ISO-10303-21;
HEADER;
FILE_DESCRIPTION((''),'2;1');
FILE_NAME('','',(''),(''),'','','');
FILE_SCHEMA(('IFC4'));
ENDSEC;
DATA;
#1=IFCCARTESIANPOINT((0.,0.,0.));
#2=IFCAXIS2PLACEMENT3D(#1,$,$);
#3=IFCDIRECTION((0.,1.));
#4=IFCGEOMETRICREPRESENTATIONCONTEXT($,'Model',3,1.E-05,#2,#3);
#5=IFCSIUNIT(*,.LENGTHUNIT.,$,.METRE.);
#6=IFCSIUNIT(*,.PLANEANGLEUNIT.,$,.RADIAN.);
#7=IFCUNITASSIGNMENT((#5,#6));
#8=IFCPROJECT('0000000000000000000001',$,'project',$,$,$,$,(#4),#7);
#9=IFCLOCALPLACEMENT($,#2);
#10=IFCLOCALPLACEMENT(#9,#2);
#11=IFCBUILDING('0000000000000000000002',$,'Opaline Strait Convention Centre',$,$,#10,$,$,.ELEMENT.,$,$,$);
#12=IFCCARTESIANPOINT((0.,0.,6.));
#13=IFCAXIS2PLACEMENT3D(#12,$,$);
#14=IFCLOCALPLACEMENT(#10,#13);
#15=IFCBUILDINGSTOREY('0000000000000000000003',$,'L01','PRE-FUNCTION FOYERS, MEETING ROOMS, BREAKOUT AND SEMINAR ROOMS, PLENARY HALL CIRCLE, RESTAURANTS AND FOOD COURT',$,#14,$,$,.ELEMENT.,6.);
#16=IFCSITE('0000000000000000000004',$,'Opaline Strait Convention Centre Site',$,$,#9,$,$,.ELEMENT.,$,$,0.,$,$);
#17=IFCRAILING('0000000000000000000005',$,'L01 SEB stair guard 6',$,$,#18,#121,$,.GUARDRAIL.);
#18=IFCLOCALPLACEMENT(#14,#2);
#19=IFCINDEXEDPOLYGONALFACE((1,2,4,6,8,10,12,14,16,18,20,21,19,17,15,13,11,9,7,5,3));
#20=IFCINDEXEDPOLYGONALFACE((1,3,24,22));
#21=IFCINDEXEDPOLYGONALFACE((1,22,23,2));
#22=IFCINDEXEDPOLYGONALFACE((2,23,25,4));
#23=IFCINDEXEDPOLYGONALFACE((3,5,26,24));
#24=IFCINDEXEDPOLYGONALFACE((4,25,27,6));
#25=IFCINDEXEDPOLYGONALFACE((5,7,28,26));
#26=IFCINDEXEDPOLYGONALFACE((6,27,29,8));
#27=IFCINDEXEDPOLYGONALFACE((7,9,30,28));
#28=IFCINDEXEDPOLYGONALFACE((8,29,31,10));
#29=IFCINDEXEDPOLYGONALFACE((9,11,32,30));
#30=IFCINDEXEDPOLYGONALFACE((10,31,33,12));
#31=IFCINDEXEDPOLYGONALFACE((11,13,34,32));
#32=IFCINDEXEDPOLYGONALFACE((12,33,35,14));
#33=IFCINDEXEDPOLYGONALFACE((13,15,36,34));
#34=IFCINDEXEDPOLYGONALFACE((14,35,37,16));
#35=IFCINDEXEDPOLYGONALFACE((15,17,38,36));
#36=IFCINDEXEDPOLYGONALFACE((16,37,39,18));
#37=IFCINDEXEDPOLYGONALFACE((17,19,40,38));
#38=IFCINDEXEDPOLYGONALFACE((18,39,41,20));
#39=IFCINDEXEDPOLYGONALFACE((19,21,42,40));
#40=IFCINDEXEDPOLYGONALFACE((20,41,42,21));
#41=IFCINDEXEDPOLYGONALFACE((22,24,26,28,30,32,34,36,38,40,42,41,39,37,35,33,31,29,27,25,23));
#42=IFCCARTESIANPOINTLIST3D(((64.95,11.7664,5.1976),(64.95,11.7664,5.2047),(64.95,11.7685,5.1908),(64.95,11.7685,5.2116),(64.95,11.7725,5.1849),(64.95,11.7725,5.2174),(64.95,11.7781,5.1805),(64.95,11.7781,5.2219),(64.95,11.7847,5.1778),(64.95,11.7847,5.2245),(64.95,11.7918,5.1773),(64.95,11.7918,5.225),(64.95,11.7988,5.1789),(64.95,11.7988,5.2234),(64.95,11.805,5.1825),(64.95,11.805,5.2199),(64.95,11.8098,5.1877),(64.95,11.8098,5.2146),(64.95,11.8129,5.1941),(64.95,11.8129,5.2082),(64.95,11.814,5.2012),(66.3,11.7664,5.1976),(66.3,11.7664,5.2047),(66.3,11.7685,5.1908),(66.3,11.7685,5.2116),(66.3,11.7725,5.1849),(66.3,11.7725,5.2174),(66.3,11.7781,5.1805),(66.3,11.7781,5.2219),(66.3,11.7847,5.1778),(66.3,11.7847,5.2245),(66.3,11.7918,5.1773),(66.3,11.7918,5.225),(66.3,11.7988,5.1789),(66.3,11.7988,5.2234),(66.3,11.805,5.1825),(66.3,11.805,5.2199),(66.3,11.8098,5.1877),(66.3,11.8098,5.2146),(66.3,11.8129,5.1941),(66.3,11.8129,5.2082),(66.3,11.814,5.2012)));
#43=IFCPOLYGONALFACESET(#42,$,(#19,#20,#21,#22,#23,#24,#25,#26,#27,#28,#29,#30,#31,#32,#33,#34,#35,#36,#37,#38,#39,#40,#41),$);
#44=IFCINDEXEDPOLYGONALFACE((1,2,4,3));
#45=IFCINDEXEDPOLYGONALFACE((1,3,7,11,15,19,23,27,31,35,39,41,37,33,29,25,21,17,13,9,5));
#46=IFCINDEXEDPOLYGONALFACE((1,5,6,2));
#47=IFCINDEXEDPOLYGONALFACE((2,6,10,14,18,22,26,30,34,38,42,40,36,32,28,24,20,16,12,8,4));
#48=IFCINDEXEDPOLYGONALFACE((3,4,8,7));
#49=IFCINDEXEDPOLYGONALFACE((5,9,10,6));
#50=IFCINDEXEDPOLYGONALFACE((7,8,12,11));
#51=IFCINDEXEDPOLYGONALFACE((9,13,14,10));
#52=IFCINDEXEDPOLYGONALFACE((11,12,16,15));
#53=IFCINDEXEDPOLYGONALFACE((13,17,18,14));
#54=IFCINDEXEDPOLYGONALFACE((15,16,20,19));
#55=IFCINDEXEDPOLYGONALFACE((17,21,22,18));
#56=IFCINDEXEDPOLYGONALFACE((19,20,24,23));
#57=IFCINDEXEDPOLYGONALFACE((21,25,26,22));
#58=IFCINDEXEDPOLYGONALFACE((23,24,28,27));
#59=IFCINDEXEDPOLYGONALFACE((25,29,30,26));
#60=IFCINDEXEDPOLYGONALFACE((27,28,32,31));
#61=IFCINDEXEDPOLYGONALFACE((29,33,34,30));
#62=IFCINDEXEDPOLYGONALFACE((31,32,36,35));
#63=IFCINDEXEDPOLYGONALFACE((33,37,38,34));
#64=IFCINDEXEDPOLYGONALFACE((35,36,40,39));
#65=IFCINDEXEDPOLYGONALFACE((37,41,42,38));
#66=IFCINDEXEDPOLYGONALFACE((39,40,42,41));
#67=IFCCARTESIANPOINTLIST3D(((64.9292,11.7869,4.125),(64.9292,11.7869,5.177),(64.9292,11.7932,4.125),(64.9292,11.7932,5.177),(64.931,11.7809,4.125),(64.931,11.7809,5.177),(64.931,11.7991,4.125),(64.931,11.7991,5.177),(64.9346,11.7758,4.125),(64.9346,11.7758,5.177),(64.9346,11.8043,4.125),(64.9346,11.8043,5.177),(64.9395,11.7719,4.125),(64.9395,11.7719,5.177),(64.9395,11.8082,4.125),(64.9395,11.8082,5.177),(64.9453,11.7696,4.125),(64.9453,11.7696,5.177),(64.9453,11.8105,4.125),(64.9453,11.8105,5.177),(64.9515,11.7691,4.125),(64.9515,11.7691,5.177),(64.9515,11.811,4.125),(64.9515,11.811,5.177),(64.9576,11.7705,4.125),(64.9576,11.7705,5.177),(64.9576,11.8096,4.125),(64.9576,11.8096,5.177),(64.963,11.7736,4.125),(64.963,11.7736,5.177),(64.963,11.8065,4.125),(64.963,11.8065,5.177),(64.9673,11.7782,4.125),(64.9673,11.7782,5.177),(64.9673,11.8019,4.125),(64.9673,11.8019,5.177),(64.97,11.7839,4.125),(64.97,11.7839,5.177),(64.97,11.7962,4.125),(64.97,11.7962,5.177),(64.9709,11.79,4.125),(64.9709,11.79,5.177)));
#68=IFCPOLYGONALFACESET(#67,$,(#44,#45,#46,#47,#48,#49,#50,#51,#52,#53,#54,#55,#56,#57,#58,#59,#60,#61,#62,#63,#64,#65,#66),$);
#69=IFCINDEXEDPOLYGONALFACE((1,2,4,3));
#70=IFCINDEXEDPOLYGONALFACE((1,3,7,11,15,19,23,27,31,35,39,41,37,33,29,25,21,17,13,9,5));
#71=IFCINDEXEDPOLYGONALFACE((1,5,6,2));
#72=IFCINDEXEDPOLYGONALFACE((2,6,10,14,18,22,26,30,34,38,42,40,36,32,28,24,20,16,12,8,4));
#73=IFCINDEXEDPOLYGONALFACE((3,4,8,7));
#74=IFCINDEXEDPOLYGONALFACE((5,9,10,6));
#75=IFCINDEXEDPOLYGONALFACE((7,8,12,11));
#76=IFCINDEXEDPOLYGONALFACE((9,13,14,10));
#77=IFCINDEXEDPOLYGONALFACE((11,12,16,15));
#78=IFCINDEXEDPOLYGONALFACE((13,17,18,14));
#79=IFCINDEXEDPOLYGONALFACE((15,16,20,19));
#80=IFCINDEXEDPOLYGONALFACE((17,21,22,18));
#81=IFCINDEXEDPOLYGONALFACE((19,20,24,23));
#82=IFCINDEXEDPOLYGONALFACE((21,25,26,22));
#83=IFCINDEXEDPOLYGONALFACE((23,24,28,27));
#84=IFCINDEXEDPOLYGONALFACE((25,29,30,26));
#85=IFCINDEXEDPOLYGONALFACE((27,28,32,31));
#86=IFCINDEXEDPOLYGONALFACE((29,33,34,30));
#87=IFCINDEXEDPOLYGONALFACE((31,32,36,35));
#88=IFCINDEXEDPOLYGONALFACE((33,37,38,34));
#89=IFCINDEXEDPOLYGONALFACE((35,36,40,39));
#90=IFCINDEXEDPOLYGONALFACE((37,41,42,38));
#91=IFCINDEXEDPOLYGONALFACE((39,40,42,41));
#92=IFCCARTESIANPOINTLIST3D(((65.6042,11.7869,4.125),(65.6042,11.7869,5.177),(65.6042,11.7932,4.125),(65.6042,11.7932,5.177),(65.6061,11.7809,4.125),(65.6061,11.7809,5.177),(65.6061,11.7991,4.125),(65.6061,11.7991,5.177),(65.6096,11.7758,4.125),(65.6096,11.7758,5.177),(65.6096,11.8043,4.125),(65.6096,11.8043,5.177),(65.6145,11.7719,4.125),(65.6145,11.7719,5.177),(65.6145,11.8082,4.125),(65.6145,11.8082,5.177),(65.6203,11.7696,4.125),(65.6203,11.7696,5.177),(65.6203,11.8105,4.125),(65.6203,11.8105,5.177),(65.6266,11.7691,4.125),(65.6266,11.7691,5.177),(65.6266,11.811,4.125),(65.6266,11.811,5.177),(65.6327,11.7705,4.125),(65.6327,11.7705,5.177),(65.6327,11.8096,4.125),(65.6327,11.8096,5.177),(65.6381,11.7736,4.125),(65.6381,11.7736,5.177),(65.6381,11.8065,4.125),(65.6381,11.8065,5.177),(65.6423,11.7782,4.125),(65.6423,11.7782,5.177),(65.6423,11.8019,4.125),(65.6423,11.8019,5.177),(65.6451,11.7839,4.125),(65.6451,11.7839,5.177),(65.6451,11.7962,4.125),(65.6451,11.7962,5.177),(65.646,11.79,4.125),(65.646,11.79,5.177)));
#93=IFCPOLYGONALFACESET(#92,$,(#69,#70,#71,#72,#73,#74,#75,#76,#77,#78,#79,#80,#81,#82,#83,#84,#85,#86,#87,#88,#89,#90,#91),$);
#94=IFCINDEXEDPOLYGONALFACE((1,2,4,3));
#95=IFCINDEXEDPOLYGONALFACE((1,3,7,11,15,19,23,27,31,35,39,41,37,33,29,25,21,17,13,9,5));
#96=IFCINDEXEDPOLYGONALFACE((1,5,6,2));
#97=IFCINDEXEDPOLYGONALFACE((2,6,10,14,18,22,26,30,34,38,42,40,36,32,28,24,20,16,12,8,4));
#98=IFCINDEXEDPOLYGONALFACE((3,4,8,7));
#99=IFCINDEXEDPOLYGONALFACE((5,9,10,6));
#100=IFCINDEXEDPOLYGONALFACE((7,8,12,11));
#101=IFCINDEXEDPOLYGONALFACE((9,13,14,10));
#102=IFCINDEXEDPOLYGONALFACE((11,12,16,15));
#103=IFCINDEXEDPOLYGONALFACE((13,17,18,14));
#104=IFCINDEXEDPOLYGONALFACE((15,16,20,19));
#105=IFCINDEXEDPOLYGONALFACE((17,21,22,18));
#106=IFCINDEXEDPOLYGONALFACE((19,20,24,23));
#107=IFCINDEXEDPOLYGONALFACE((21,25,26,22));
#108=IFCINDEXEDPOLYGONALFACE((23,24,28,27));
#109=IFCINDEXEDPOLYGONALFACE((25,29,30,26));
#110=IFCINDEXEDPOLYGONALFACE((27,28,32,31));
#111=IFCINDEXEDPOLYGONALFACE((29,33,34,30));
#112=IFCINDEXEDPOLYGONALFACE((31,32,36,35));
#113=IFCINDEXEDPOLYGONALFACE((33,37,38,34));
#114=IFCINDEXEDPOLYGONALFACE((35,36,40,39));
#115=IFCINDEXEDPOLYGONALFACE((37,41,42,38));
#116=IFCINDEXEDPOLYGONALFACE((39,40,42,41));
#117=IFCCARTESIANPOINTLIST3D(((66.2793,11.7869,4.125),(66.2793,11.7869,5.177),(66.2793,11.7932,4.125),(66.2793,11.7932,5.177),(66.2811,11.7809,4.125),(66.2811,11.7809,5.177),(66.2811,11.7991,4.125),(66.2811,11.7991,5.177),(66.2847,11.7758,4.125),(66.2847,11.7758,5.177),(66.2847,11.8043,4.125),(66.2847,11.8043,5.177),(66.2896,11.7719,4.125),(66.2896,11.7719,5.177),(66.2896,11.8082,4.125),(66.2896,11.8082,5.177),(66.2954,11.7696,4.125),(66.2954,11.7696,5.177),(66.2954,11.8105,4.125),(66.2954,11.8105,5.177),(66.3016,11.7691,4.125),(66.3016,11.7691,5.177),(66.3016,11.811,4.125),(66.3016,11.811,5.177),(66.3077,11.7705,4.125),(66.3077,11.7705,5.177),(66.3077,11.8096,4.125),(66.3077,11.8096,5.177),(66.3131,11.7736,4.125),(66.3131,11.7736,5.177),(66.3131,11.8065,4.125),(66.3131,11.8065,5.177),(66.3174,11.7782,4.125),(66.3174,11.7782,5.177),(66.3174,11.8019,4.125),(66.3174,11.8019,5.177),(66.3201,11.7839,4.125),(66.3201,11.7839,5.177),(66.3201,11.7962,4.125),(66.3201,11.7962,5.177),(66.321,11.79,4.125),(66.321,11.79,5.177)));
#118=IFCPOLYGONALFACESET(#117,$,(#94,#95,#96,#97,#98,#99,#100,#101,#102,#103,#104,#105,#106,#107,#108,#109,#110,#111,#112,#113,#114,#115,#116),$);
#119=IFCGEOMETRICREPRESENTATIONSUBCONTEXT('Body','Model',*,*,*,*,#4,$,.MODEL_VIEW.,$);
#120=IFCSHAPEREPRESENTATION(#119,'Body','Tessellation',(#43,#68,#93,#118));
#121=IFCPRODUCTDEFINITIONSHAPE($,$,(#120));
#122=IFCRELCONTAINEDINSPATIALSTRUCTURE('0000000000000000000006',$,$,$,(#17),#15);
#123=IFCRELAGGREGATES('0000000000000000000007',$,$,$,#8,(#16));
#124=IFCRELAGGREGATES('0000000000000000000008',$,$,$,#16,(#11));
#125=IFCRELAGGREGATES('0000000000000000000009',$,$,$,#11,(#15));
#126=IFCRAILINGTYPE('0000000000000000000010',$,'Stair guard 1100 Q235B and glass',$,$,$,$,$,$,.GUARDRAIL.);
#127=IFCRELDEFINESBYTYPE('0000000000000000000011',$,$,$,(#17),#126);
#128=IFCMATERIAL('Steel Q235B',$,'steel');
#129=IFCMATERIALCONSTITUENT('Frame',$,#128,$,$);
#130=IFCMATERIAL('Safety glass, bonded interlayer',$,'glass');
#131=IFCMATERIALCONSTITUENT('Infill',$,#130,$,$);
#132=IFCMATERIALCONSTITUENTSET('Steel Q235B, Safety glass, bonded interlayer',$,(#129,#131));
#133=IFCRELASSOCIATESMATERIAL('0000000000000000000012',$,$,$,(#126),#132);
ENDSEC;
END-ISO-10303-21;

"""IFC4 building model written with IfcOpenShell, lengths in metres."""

from ifc_helpers import new_model, si_unit, direction, frame, origin, origin_2d, place, context, subcontext, project, spatial, circle, extrude, material, constituent, constituent_set, type_object, element, save


model = new_model("IFC4")

# Units and contexts
model_context = context("Model", 3, precision=1e-05, world=origin(), true_north=direction((0.0, 1.0)))
body_context = subcontext(model_context, "Body", "Model", "MODEL_VIEW")
ifc_project = project(units=[si_unit("LENGTHUNIT", "METRE"), si_unit("PLANEANGLEUNIT", "RADIAN")], contexts=[model_context])

# Site, building, storey
site_placement = place(None, origin())
site = spatial("IfcSite", under=ifc_project, at=site_placement, Name="Opaline Strait Convention Centre Site", CompositionType="ELEMENT", RefElevation=0.0)
building_placement = place(site_placement, origin())
building = spatial("IfcBuilding", under=site, at=building_placement, Name="Opaline Strait Convention Centre", CompositionType="ELEMENT")
storey_placement = place(building_placement, frame((0.0, 0.0, 6.0)))
storey = spatial("IfcBuildingStorey", under=building, at=storey_placement, Name="L01", Description="PRE-FUNCTION FOYERS, MEETING ROOMS, BREAKOUT AND SEMINAR ROOMS, PLENARY HALL CIRCLE, RESTAURANTS AND FOOD COURT", CompositionType="ELEMENT", Elevation=6.0)

# Railing
ifc_material_1 = material(Name="Steel Q235B", Category="steel")
ifc_constituent_1 = constituent(ifc_material_1, Name="Frame")
ifc_material_2 = material(Name="Safety glass, bonded interlayer", Category="glass")
ifc_constituent_2 = constituent(ifc_material_2, Name="Infill")
ifc_constituent_set = constituent_set(constituents=[ifc_constituent_1, ifc_constituent_2], Name="Steel Q235B, Safety glass, bonded interlayer")
railing_type_1 = type_object("IfcRailingType", Name="Stair guard 1100 Q235B and glass", PredefinedType="GUARDRAIL", material=ifc_constituent_set)
railing_1_placement = place(storey_placement, frame((64.95, 11.79, 4.125)))
element("IfcRailing", 1, at=railing_1_placement, inside=storey, type_object=railing_type_1, Name="L01 SEB stair guard 6", PredefinedType="GUARDRAIL", context=body_context, shape_type="SweptSolid", body=[
    extrude(circle(Radius=0.0239, at=origin_2d()), frame((0.0, 0.0, 1.0762), z_axis=(1.0, 0.0, 0.0), x_axis=(0.0, 1.0, 0.0)), (0.0, 0.0, 1.0), 1.3501),
    extrude(circle(Radius=0.021, at=origin_2d()), origin(), (0.0, 0.0, 1.0), 1.052),
    extrude(circle(Radius=0.021, at=origin_2d()), frame((0.675, 0.0, 0.0)), (0.0, 0.0, 1.0), 1.052),
    extrude(circle(Radius=0.021, at=origin_2d()), frame((1.3501, 0.0, 0.0)), (0.0, 0.0, 1.0), 1.052),
])

save(model, "model.ifc")
